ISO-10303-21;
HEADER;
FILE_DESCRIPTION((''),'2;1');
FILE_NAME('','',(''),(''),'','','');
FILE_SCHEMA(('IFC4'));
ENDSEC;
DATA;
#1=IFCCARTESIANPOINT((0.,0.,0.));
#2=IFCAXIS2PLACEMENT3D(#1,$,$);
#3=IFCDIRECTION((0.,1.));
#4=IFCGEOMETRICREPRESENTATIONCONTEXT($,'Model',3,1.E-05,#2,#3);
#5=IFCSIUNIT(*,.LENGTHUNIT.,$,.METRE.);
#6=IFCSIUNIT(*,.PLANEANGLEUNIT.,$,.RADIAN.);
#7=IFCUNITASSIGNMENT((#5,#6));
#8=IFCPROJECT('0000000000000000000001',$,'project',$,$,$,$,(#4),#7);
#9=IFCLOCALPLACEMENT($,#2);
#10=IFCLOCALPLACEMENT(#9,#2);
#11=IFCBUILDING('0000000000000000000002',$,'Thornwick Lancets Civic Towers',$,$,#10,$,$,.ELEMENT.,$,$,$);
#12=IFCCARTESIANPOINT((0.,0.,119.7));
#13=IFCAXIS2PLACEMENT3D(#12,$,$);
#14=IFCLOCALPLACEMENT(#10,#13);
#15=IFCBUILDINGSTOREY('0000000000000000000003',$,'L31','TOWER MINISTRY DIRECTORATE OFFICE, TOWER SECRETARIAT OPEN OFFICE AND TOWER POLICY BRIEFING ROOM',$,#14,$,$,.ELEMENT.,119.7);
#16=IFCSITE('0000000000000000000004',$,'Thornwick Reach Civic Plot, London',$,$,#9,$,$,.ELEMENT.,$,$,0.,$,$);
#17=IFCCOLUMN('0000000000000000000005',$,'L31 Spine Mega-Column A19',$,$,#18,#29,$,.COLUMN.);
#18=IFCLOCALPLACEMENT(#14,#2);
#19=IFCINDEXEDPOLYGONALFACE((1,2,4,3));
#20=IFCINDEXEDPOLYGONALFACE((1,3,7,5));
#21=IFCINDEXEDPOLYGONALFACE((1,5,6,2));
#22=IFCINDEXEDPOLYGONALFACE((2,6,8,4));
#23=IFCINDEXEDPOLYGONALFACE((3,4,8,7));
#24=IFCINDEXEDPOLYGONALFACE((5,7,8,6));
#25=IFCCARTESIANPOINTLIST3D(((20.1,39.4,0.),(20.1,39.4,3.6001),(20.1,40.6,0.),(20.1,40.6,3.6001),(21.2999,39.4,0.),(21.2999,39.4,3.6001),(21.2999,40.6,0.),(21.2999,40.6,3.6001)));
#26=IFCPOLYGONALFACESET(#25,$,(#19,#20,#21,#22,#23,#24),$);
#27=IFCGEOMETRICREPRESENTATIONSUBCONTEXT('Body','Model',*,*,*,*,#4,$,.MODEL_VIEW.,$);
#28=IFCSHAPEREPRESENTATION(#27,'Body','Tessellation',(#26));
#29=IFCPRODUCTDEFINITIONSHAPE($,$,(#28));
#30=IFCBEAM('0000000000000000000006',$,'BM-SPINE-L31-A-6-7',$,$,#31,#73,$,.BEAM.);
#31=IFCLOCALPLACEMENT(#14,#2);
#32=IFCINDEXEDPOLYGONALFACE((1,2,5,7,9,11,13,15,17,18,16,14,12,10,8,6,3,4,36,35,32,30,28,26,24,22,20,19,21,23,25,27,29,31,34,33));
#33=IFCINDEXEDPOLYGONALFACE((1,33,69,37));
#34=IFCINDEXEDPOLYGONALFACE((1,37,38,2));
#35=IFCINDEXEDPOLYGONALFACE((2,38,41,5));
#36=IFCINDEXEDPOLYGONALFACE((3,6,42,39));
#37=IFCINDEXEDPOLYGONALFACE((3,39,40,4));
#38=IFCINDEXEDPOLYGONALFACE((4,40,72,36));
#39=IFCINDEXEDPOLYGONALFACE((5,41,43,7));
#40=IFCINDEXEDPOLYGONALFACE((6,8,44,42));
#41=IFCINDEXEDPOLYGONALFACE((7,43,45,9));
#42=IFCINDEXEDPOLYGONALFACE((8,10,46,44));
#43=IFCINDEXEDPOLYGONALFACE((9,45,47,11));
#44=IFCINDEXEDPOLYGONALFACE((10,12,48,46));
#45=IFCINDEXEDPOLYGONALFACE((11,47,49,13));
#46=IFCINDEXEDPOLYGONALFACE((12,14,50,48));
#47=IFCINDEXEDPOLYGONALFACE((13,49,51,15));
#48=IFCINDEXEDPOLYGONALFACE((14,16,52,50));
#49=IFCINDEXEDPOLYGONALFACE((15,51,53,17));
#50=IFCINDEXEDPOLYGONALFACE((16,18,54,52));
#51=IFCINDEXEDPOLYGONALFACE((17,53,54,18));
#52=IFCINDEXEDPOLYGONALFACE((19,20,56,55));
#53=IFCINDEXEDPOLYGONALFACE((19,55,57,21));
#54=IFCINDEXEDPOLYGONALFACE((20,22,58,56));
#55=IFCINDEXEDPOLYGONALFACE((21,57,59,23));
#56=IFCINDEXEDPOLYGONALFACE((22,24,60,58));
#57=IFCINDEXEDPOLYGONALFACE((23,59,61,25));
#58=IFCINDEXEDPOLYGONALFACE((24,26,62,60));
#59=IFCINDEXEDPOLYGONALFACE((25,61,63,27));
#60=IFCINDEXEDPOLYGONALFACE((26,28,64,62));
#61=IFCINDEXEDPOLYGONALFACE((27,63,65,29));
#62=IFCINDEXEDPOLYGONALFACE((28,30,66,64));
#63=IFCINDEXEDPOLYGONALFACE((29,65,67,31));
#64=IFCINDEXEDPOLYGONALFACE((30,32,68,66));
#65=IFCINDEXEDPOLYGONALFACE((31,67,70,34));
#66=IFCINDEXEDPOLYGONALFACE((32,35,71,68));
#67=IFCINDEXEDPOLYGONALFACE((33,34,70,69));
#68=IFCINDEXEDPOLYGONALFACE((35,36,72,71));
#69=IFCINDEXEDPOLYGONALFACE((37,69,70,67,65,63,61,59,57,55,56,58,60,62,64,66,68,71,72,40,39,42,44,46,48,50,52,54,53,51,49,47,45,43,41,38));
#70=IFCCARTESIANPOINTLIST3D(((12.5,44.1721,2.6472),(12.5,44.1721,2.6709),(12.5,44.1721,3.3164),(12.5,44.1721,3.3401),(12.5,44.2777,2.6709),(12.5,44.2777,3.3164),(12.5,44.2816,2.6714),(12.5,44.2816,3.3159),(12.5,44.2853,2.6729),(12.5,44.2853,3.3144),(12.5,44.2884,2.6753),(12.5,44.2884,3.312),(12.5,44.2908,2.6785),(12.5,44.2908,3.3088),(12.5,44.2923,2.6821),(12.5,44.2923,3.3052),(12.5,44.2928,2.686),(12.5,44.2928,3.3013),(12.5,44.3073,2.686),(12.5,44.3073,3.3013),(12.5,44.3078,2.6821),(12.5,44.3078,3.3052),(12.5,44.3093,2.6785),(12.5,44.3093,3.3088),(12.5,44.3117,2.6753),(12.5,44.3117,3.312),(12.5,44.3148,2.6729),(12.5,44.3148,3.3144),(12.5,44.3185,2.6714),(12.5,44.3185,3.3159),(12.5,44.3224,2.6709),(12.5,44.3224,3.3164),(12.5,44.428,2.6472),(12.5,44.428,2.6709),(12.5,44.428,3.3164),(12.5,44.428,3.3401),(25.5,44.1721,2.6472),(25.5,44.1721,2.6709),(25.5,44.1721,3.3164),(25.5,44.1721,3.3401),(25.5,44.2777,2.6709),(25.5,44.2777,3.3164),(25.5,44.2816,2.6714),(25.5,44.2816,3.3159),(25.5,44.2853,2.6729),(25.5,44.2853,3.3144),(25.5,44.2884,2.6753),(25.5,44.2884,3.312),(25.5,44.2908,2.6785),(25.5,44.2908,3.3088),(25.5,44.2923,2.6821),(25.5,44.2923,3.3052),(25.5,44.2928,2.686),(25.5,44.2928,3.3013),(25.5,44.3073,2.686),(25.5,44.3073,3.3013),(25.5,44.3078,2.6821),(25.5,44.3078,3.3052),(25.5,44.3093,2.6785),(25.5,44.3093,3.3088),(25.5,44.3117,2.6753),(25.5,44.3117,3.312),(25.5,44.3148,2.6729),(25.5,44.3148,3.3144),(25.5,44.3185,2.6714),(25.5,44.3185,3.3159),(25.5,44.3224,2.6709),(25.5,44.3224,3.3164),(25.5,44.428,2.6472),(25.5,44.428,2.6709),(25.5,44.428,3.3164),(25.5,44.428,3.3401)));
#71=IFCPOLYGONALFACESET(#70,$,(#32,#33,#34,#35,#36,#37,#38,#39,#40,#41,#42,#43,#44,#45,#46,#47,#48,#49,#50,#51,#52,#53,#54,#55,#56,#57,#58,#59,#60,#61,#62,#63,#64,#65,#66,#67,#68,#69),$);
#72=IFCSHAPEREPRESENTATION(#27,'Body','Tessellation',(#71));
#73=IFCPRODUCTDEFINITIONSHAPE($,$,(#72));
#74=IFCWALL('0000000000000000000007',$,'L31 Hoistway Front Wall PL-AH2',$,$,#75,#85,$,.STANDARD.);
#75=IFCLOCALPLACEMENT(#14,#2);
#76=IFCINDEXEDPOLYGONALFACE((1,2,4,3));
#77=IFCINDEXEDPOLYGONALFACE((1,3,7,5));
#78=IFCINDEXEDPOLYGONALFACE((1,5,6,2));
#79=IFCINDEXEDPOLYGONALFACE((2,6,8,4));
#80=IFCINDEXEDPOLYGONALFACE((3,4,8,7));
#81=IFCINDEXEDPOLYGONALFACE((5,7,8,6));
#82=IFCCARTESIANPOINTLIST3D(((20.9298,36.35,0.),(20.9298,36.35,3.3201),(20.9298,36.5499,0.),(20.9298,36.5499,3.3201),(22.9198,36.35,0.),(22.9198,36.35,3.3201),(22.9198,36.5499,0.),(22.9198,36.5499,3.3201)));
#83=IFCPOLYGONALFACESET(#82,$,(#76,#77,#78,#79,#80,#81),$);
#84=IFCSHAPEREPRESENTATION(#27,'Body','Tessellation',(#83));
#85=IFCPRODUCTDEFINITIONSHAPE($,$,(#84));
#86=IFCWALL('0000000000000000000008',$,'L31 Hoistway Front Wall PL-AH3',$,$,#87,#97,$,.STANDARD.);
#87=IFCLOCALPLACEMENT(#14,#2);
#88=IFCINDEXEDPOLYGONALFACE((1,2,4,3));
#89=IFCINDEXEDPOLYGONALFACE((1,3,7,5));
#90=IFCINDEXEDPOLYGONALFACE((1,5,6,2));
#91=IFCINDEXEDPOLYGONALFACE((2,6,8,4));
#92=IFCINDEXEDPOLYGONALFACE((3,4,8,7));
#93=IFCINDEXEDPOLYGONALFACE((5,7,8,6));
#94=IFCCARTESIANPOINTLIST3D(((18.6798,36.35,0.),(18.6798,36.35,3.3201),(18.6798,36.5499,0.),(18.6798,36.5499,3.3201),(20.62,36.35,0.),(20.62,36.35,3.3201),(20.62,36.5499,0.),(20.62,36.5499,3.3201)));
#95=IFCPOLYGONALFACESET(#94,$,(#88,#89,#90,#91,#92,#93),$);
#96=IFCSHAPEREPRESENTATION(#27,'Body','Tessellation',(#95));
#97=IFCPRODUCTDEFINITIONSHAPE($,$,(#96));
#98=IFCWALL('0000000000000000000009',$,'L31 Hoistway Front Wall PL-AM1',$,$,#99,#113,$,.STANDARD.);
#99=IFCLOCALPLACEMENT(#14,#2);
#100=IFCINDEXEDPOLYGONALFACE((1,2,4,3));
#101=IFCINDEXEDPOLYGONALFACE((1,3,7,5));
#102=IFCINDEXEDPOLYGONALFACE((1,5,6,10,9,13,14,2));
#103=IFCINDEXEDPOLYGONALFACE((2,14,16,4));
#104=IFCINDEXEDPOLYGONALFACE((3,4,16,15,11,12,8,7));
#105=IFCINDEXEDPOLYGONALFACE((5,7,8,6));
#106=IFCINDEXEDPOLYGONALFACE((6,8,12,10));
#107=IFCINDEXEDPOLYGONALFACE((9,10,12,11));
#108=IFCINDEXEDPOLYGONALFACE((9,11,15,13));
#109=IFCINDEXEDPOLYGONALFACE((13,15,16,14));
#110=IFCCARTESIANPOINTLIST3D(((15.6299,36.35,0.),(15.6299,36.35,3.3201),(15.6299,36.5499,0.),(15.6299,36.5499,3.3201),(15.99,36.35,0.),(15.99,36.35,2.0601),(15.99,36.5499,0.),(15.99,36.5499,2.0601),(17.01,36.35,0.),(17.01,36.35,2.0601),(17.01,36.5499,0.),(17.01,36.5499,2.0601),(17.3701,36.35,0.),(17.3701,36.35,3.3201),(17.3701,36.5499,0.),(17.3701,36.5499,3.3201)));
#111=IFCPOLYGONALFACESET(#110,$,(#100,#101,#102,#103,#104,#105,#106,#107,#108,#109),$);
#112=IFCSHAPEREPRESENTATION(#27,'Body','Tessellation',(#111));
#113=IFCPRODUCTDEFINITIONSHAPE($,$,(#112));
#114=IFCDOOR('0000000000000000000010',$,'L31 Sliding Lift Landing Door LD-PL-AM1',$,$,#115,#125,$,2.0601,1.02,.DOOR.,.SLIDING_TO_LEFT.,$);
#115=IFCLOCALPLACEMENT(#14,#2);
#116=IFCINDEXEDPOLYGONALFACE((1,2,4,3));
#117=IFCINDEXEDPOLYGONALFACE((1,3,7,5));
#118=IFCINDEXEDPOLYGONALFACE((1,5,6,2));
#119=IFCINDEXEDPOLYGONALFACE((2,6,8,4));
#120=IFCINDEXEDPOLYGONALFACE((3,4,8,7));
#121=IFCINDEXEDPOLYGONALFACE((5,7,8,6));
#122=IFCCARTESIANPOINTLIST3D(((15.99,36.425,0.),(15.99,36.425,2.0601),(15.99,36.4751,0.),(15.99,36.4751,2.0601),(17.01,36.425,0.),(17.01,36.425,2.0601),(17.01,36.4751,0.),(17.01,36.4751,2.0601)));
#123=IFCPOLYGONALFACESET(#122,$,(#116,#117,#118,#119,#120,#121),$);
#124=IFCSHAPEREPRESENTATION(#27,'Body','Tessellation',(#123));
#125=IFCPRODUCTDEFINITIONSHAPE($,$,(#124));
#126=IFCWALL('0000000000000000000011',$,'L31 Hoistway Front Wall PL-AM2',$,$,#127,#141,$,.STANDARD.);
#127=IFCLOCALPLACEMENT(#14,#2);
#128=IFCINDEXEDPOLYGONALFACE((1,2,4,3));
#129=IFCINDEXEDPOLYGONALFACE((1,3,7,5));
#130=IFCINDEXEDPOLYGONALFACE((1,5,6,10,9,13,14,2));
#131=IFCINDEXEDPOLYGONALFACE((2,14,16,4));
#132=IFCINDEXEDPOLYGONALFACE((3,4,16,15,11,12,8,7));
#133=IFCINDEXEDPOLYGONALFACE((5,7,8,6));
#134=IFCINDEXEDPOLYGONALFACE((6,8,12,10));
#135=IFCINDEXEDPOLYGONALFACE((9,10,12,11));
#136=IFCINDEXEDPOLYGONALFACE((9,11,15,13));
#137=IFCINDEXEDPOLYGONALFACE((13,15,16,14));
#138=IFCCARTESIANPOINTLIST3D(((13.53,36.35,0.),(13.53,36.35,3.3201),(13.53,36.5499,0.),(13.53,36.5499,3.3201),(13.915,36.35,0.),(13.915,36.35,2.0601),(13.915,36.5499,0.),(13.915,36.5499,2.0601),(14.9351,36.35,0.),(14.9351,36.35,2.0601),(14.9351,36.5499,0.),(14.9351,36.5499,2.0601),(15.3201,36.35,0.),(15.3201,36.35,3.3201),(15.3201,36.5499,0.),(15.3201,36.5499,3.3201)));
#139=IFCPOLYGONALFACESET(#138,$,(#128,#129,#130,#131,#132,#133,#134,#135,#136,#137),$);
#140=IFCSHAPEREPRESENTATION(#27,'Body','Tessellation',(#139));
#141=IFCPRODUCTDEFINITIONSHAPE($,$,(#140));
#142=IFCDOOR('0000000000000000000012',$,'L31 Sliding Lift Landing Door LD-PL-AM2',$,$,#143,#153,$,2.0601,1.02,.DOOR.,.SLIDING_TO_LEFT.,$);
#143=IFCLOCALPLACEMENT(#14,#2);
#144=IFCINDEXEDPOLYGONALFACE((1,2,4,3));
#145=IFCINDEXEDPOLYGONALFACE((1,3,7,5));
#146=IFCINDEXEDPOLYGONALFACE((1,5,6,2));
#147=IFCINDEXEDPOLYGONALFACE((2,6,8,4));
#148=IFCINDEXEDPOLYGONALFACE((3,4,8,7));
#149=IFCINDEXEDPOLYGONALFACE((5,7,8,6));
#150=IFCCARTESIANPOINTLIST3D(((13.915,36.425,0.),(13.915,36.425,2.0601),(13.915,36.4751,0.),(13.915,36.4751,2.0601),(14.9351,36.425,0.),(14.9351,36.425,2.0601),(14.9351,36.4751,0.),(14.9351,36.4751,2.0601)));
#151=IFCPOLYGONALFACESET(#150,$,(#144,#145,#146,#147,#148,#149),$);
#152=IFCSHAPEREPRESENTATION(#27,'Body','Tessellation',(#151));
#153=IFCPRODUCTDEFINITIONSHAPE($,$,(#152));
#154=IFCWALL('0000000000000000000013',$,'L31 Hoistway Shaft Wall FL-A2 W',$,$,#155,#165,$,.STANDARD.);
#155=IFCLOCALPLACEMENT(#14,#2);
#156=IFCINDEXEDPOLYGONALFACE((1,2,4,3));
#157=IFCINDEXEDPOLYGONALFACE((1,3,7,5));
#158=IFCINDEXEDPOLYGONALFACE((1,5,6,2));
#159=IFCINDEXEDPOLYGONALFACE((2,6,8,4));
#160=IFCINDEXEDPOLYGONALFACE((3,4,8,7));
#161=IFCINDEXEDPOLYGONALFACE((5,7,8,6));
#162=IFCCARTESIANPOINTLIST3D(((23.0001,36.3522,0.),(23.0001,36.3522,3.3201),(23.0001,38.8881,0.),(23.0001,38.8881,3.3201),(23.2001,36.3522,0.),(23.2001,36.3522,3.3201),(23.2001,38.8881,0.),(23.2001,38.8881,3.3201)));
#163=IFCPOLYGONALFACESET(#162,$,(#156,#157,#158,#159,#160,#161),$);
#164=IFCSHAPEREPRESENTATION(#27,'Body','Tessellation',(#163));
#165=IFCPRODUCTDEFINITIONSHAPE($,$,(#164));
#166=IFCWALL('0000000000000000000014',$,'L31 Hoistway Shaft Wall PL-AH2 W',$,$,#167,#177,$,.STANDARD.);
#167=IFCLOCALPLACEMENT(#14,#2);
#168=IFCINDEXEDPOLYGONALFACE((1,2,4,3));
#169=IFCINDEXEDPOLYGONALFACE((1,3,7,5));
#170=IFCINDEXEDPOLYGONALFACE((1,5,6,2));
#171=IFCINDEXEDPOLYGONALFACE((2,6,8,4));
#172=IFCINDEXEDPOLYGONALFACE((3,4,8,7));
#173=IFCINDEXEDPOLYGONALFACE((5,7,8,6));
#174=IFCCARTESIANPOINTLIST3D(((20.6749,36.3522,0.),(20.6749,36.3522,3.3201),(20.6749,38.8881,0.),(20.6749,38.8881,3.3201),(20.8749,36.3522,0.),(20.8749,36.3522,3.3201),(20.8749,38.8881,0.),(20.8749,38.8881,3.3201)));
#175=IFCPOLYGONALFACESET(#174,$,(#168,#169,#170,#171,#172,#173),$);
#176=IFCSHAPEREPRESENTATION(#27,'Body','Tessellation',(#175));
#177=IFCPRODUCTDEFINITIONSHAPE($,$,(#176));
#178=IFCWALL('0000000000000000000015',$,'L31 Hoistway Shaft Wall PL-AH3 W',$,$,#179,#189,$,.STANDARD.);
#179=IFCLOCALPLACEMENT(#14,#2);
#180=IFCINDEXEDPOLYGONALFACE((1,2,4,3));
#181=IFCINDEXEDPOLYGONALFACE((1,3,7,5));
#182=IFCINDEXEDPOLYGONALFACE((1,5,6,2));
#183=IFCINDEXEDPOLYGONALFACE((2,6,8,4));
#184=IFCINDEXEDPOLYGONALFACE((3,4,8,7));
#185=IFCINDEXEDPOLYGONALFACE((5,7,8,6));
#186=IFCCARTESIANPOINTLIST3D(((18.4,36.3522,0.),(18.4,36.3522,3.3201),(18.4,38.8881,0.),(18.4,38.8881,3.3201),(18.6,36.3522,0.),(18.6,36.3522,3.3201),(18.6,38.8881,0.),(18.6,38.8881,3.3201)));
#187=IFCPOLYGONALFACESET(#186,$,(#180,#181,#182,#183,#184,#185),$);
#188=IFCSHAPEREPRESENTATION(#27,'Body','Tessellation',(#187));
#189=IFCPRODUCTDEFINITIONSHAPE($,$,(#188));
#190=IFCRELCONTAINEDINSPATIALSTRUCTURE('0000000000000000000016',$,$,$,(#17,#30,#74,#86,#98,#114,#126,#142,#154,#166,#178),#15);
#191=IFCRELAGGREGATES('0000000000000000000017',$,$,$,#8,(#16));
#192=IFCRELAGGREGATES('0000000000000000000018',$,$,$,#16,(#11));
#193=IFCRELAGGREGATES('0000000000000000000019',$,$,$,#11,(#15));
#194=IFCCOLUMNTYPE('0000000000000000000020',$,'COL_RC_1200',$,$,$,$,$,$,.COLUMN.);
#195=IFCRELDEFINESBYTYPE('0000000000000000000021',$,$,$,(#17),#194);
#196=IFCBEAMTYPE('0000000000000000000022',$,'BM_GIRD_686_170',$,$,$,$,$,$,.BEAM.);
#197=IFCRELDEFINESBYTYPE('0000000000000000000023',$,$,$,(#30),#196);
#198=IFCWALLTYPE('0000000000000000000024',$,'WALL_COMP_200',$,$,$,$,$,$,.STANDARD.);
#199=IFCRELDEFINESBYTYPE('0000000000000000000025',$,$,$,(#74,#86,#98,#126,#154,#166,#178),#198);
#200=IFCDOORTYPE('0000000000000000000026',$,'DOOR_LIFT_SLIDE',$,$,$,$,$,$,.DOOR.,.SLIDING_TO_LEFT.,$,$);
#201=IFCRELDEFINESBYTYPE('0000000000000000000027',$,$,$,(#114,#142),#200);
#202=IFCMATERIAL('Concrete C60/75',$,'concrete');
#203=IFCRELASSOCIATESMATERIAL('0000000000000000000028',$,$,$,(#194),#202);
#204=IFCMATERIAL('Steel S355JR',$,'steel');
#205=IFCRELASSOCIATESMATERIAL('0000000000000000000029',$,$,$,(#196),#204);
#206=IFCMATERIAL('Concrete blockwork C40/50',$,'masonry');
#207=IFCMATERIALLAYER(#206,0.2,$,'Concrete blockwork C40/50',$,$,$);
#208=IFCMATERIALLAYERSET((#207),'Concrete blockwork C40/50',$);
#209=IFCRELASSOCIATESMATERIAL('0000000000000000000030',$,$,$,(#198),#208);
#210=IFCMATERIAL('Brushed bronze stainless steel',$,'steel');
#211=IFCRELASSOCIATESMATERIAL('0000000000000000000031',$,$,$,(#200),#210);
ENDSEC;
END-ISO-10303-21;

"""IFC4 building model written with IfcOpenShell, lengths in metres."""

from ifc_helpers import new_model, si_unit, direction, frame, frame_2d, origin, origin_2d, place, context, subcontext, project, spatial, rectangle, i_section, extrude, material, layer, layer_set, material_profile, profile_set, type_object, element, fill, save


model = new_model("IFC4")

# Units and contexts
model_context = context("Model", 3, precision=1e-05, world=origin(), true_north=direction((0.0, 1.0)))
body_context = subcontext(model_context, "Body", "Model", "MODEL_VIEW")
ifc_project = project(units=[si_unit("LENGTHUNIT", "METRE"), si_unit("PLANEANGLEUNIT", "RADIAN")], contexts=[model_context])

# Site, building, storey
site_placement = place(None, origin())
site = spatial("IfcSite", under=ifc_project, at=site_placement, Name="Thornwick Reach Civic Plot, London", CompositionType="ELEMENT", RefElevation=0.0)
building_placement = place(site_placement, origin())
building = spatial("IfcBuilding", under=site, at=building_placement, Name="Thornwick Lancets Civic Towers", CompositionType="ELEMENT")
storey_placement = place(building_placement, frame((0.0, 0.0, 119.7)))
storey = spatial("IfcBuildingStorey", under=building, at=storey_placement, Name="L31", Description="TOWER MINISTRY DIRECTORATE OFFICE, TOWER SECRETARIAT OPEN OFFICE AND TOWER POLICY BRIEFING ROOM", CompositionType="ELEMENT", Elevation=119.7)

# Column
ifc_material_1 = material(Name="Concrete C60/75", Category="concrete")
ifc_material_profile_1 = material_profile(ifc_material_1, rectangle(XDim=1.2, YDim=1.2, at=origin_2d()), Name="RC 1200x1200")
ifc_profile_set_1 = profile_set([ifc_material_profile_1], Name="Concrete C60/75")
column_type = type_object("IfcColumnType", Name="COL_RC_1200", PredefinedType="COLUMN", material=ifc_profile_set_1)
column_placement = place(storey_placement, frame((20.7, 40.0, 0.0), z_axis=(0.0, 0.0, 1.0), x_axis=(1.0, 0.0, 0.0)))
element("IfcColumn", 1, at=column_placement, inside=storey, type_object=column_type, Name="L31 Spine Mega-Column A19", PredefinedType="COLUMN", context=body_context, shape_type="SweptSolid", body=[
    extrude(rectangle(XDim=1.2, YDim=1.2, at=origin_2d()), origin(), (0.0, 0.0, 1.0), 3.6001),
])

# Beam
ifc_material_2 = material(Name="Steel S355JR", Category="steel")
ifc_material_profile_2 = material_profile(ifc_material_2, i_section(OverallWidth=0.2559, OverallDepth=0.6929, WebThickness=0.0144, FlangeThickness=0.0237, FilletRadius=0.0151, at=origin_2d()), Name="UKB 686x254x170")
ifc_profile_set_2 = profile_set([ifc_material_profile_2], Name="Steel S355JR")
beam_type = type_object("IfcBeamType", Name="BM_GIRD_686_170", PredefinedType="BEAM", material=ifc_profile_set_2)
beam_placement = place(storey_placement, frame((12.5, 44.3, 2.9937), z_axis=(1.0, 0.0, 0.0), x_axis=(0.0, 1.0, 0.0)))
element("IfcBeam", 2, at=beam_placement, inside=storey, type_object=beam_type, Name="BM-SPINE-L31-A-6-7", PredefinedType="BEAM", context=body_context, shape_type="SweptSolid", body=[
    extrude(i_section(OverallWidth=0.2559, OverallDepth=0.6929, WebThickness=0.0144, FlangeThickness=0.0237, FilletRadius=0.0151, at=origin_2d()), origin(), (0.0, 0.0, 1.0), 13.0),
])

# Walls
ifc_material_3 = material(Name="Concrete blockwork C40/50", Category="masonry")
ifc_layer_1 = layer(ifc_material_3, 0.2, Name="Concrete blockwork C40/50")
ifc_layer_set_1 = layer_set([ifc_layer_1], Name="Concrete blockwork C40/50")
wall_type_1 = type_object("IfcWallType", Name="WALL_COMP_200", PredefinedType="STANDARD", material=ifc_layer_set_1)
wall_1_placement = place(storey_placement, frame((22.9199, 36.45, 0.0), z_axis=(0.0, 0.0, 1.0), x_axis=(-1.0, 0.0, 0.0)))
element("IfcWall", 3, at=wall_1_placement, inside=storey, type_object=wall_type_1, Name="L31 Hoistway Front Wall PL-AH2", PredefinedType="STANDARD", context=body_context, shape_type="SweptSolid", body=[
    extrude(rectangle(XDim=1.99, YDim=0.2, at=frame_2d((0.9951, 0.0))), origin(), (0.0, 0.0, 1.0), 3.3201),
])
wall_2_placement = place(storey_placement, frame((20.6201, 36.45, 0.0), z_axis=(0.0, 0.0, 1.0), x_axis=(-1.0, 0.0, 0.0)))
element("IfcWall", 4, at=wall_2_placement, inside=storey, type_object=wall_type_1, Name="L31 Hoistway Front Wall PL-AH3", PredefinedType="STANDARD", context=body_context, shape_type="SweptSolid", body=[
    extrude(rectangle(XDim=1.9402, YDim=0.2, at=frame_2d((0.9702, 0.0))), origin(), (0.0, 0.0, 1.0), 3.3201),
])

# Walls, openings, doors
wall_3_placement = place(storey_placement, frame((17.3701, 36.45, 0.0), z_axis=(0.0, 0.0, 1.0), x_axis=(-1.0, 0.0, 0.0)))
wall_3 = element("IfcWall", 5, at=wall_3_placement, inside=storey, type_object=wall_type_1, Name="L31 Hoistway Front Wall PL-AM1", PredefinedType="STANDARD", context=body_context, shape_type="SweptSolid", body=[
    extrude(rectangle(XDim=1.7402, YDim=0.2, at=frame_2d((0.8701, 0.0))), origin(), (0.0, 0.0, 1.0), 3.3201),
])
opening_1_placement = place(wall_3_placement, frame((0.3601, 0.0, 0.0)))
opening_1 = element("IfcOpeningElement", 6, at=opening_1_placement, cuts=wall_3, PredefinedType="OPENING", context=body_context, shape_type="SweptSolid", body=[
    extrude(rectangle(XDim=1.02, YDim=2.0601, at=frame_2d((0.51, 1.03))), frame((0.0, 0.1099, 0.0), z_axis=(0.0, -1.0, 0.0), x_axis=(1.0, 0.0, 0.0)), (0.0, 0.0, 1.0), 0.22),
])
ifc_material_4 = material(Name="Brushed bronze stainless steel", Category="steel")
door_type = type_object("IfcDoorType", Name="DOOR_LIFT_SLIDE", OperationType="SLIDING_TO_LEFT", PredefinedType="DOOR", material=ifc_material_4)
door_1_placement = place(opening_1_placement, origin())
door_1 = element("IfcDoor", 7, at=door_1_placement, inside=storey, type_object=door_type, Name="L31 Sliding Lift Landing Door LD-PL-AM1", OperationType="SLIDING_TO_LEFT", OverallHeight=2.0601, OverallWidth=1.02, PredefinedType="DOOR", context=body_context, shape_type="SweptSolid", body=[
    extrude(rectangle(XDim=1.02, YDim=2.0601, at=frame_2d((0.51, 1.03))), frame((0.0, 0.0249, 0.0), z_axis=(0.0, -1.0, 0.0), x_axis=(1.0, 0.0, 0.0)), (0.0, 0.0, 1.0), 0.05),
])
fill(opening_1, door_1)
wall_4_placement = place(storey_placement, frame((15.3201, 36.45, 0.0), z_axis=(0.0, 0.0, 1.0), x_axis=(-1.0, 0.0, 0.0)))
wall_4 = element("IfcWall", 8, at=wall_4_placement, inside=storey, type_object=wall_type_1, Name="L31 Hoistway Front Wall PL-AM2", PredefinedType="STANDARD", context=body_context, shape_type="SweptSolid", body=[
    extrude(rectangle(XDim=1.79, YDim=0.2, at=frame_2d((0.895, 0.0))), origin(), (0.0, 0.0, 1.0), 3.3201),
])
opening_2_placement = place(wall_4_placement, frame((0.385, 0.0, 0.0)))
opening_2 = element("IfcOpeningElement", 9, at=opening_2_placement, cuts=wall_4, PredefinedType="OPENING", context=body_context, shape_type="SweptSolid", body=[
    extrude(rectangle(XDim=1.02, YDim=2.0601, at=frame_2d((0.51, 1.03))), frame((0.0, 0.1099, 0.0), z_axis=(0.0, -1.0, 0.0), x_axis=(1.0, 0.0, 0.0)), (0.0, 0.0, 1.0), 0.22),
])
door_2_placement = place(opening_2_placement, origin())
door_2 = element("IfcDoor", 10, at=door_2_placement, inside=storey, type_object=door_type, Name="L31 Sliding Lift Landing Door LD-PL-AM2", OperationType="SLIDING_TO_LEFT", OverallHeight=2.0601, OverallWidth=1.02, PredefinedType="DOOR", context=body_context, shape_type="SweptSolid", body=[
    extrude(rectangle(XDim=1.02, YDim=2.0601, at=frame_2d((0.51, 1.03))), frame((0.0, 0.0249, 0.0), z_axis=(0.0, -1.0, 0.0), x_axis=(1.0, 0.0, 0.0)), (0.0, 0.0, 1.0), 0.05),
])
fill(opening_2, door_2)

# Walls
for number, where, z_axis, x_axis, name in (
    (11, (23.1001, 36.3521, 0.0), (0.0, 0.0, 1.0), (0.0, 1.0, 0.0), "L31 Hoistway Shaft Wall FL-A2 W"),
    (12, (20.7749, 36.3521, 0.0), (0.0, 0.0, 1.0), (0.0, 1.0, 0.0), "L31 Hoistway Shaft Wall PL-AH2 W"),
    (13, (18.5, 36.3521, 0.0), (0.0, 0.0, 1.0), (0.0, 1.0, 0.0), "L31 Hoistway Shaft Wall PL-AH3 W"),
):
    element("IfcWall", number, at=place(storey_placement, frame(where, z_axis=z_axis, x_axis=x_axis)), inside=storey, type_object=wall_type_1, Name=name, PredefinedType="STANDARD", context=body_context, shape_type="SweptSolid", body=[
        extrude(rectangle(XDim=2.5359, YDim=0.2, at=frame_2d((1.2681, 0.0))), origin(), (0.0, 0.0, 1.0), 3.3201),
    ])

save(model, "model.ifc")
